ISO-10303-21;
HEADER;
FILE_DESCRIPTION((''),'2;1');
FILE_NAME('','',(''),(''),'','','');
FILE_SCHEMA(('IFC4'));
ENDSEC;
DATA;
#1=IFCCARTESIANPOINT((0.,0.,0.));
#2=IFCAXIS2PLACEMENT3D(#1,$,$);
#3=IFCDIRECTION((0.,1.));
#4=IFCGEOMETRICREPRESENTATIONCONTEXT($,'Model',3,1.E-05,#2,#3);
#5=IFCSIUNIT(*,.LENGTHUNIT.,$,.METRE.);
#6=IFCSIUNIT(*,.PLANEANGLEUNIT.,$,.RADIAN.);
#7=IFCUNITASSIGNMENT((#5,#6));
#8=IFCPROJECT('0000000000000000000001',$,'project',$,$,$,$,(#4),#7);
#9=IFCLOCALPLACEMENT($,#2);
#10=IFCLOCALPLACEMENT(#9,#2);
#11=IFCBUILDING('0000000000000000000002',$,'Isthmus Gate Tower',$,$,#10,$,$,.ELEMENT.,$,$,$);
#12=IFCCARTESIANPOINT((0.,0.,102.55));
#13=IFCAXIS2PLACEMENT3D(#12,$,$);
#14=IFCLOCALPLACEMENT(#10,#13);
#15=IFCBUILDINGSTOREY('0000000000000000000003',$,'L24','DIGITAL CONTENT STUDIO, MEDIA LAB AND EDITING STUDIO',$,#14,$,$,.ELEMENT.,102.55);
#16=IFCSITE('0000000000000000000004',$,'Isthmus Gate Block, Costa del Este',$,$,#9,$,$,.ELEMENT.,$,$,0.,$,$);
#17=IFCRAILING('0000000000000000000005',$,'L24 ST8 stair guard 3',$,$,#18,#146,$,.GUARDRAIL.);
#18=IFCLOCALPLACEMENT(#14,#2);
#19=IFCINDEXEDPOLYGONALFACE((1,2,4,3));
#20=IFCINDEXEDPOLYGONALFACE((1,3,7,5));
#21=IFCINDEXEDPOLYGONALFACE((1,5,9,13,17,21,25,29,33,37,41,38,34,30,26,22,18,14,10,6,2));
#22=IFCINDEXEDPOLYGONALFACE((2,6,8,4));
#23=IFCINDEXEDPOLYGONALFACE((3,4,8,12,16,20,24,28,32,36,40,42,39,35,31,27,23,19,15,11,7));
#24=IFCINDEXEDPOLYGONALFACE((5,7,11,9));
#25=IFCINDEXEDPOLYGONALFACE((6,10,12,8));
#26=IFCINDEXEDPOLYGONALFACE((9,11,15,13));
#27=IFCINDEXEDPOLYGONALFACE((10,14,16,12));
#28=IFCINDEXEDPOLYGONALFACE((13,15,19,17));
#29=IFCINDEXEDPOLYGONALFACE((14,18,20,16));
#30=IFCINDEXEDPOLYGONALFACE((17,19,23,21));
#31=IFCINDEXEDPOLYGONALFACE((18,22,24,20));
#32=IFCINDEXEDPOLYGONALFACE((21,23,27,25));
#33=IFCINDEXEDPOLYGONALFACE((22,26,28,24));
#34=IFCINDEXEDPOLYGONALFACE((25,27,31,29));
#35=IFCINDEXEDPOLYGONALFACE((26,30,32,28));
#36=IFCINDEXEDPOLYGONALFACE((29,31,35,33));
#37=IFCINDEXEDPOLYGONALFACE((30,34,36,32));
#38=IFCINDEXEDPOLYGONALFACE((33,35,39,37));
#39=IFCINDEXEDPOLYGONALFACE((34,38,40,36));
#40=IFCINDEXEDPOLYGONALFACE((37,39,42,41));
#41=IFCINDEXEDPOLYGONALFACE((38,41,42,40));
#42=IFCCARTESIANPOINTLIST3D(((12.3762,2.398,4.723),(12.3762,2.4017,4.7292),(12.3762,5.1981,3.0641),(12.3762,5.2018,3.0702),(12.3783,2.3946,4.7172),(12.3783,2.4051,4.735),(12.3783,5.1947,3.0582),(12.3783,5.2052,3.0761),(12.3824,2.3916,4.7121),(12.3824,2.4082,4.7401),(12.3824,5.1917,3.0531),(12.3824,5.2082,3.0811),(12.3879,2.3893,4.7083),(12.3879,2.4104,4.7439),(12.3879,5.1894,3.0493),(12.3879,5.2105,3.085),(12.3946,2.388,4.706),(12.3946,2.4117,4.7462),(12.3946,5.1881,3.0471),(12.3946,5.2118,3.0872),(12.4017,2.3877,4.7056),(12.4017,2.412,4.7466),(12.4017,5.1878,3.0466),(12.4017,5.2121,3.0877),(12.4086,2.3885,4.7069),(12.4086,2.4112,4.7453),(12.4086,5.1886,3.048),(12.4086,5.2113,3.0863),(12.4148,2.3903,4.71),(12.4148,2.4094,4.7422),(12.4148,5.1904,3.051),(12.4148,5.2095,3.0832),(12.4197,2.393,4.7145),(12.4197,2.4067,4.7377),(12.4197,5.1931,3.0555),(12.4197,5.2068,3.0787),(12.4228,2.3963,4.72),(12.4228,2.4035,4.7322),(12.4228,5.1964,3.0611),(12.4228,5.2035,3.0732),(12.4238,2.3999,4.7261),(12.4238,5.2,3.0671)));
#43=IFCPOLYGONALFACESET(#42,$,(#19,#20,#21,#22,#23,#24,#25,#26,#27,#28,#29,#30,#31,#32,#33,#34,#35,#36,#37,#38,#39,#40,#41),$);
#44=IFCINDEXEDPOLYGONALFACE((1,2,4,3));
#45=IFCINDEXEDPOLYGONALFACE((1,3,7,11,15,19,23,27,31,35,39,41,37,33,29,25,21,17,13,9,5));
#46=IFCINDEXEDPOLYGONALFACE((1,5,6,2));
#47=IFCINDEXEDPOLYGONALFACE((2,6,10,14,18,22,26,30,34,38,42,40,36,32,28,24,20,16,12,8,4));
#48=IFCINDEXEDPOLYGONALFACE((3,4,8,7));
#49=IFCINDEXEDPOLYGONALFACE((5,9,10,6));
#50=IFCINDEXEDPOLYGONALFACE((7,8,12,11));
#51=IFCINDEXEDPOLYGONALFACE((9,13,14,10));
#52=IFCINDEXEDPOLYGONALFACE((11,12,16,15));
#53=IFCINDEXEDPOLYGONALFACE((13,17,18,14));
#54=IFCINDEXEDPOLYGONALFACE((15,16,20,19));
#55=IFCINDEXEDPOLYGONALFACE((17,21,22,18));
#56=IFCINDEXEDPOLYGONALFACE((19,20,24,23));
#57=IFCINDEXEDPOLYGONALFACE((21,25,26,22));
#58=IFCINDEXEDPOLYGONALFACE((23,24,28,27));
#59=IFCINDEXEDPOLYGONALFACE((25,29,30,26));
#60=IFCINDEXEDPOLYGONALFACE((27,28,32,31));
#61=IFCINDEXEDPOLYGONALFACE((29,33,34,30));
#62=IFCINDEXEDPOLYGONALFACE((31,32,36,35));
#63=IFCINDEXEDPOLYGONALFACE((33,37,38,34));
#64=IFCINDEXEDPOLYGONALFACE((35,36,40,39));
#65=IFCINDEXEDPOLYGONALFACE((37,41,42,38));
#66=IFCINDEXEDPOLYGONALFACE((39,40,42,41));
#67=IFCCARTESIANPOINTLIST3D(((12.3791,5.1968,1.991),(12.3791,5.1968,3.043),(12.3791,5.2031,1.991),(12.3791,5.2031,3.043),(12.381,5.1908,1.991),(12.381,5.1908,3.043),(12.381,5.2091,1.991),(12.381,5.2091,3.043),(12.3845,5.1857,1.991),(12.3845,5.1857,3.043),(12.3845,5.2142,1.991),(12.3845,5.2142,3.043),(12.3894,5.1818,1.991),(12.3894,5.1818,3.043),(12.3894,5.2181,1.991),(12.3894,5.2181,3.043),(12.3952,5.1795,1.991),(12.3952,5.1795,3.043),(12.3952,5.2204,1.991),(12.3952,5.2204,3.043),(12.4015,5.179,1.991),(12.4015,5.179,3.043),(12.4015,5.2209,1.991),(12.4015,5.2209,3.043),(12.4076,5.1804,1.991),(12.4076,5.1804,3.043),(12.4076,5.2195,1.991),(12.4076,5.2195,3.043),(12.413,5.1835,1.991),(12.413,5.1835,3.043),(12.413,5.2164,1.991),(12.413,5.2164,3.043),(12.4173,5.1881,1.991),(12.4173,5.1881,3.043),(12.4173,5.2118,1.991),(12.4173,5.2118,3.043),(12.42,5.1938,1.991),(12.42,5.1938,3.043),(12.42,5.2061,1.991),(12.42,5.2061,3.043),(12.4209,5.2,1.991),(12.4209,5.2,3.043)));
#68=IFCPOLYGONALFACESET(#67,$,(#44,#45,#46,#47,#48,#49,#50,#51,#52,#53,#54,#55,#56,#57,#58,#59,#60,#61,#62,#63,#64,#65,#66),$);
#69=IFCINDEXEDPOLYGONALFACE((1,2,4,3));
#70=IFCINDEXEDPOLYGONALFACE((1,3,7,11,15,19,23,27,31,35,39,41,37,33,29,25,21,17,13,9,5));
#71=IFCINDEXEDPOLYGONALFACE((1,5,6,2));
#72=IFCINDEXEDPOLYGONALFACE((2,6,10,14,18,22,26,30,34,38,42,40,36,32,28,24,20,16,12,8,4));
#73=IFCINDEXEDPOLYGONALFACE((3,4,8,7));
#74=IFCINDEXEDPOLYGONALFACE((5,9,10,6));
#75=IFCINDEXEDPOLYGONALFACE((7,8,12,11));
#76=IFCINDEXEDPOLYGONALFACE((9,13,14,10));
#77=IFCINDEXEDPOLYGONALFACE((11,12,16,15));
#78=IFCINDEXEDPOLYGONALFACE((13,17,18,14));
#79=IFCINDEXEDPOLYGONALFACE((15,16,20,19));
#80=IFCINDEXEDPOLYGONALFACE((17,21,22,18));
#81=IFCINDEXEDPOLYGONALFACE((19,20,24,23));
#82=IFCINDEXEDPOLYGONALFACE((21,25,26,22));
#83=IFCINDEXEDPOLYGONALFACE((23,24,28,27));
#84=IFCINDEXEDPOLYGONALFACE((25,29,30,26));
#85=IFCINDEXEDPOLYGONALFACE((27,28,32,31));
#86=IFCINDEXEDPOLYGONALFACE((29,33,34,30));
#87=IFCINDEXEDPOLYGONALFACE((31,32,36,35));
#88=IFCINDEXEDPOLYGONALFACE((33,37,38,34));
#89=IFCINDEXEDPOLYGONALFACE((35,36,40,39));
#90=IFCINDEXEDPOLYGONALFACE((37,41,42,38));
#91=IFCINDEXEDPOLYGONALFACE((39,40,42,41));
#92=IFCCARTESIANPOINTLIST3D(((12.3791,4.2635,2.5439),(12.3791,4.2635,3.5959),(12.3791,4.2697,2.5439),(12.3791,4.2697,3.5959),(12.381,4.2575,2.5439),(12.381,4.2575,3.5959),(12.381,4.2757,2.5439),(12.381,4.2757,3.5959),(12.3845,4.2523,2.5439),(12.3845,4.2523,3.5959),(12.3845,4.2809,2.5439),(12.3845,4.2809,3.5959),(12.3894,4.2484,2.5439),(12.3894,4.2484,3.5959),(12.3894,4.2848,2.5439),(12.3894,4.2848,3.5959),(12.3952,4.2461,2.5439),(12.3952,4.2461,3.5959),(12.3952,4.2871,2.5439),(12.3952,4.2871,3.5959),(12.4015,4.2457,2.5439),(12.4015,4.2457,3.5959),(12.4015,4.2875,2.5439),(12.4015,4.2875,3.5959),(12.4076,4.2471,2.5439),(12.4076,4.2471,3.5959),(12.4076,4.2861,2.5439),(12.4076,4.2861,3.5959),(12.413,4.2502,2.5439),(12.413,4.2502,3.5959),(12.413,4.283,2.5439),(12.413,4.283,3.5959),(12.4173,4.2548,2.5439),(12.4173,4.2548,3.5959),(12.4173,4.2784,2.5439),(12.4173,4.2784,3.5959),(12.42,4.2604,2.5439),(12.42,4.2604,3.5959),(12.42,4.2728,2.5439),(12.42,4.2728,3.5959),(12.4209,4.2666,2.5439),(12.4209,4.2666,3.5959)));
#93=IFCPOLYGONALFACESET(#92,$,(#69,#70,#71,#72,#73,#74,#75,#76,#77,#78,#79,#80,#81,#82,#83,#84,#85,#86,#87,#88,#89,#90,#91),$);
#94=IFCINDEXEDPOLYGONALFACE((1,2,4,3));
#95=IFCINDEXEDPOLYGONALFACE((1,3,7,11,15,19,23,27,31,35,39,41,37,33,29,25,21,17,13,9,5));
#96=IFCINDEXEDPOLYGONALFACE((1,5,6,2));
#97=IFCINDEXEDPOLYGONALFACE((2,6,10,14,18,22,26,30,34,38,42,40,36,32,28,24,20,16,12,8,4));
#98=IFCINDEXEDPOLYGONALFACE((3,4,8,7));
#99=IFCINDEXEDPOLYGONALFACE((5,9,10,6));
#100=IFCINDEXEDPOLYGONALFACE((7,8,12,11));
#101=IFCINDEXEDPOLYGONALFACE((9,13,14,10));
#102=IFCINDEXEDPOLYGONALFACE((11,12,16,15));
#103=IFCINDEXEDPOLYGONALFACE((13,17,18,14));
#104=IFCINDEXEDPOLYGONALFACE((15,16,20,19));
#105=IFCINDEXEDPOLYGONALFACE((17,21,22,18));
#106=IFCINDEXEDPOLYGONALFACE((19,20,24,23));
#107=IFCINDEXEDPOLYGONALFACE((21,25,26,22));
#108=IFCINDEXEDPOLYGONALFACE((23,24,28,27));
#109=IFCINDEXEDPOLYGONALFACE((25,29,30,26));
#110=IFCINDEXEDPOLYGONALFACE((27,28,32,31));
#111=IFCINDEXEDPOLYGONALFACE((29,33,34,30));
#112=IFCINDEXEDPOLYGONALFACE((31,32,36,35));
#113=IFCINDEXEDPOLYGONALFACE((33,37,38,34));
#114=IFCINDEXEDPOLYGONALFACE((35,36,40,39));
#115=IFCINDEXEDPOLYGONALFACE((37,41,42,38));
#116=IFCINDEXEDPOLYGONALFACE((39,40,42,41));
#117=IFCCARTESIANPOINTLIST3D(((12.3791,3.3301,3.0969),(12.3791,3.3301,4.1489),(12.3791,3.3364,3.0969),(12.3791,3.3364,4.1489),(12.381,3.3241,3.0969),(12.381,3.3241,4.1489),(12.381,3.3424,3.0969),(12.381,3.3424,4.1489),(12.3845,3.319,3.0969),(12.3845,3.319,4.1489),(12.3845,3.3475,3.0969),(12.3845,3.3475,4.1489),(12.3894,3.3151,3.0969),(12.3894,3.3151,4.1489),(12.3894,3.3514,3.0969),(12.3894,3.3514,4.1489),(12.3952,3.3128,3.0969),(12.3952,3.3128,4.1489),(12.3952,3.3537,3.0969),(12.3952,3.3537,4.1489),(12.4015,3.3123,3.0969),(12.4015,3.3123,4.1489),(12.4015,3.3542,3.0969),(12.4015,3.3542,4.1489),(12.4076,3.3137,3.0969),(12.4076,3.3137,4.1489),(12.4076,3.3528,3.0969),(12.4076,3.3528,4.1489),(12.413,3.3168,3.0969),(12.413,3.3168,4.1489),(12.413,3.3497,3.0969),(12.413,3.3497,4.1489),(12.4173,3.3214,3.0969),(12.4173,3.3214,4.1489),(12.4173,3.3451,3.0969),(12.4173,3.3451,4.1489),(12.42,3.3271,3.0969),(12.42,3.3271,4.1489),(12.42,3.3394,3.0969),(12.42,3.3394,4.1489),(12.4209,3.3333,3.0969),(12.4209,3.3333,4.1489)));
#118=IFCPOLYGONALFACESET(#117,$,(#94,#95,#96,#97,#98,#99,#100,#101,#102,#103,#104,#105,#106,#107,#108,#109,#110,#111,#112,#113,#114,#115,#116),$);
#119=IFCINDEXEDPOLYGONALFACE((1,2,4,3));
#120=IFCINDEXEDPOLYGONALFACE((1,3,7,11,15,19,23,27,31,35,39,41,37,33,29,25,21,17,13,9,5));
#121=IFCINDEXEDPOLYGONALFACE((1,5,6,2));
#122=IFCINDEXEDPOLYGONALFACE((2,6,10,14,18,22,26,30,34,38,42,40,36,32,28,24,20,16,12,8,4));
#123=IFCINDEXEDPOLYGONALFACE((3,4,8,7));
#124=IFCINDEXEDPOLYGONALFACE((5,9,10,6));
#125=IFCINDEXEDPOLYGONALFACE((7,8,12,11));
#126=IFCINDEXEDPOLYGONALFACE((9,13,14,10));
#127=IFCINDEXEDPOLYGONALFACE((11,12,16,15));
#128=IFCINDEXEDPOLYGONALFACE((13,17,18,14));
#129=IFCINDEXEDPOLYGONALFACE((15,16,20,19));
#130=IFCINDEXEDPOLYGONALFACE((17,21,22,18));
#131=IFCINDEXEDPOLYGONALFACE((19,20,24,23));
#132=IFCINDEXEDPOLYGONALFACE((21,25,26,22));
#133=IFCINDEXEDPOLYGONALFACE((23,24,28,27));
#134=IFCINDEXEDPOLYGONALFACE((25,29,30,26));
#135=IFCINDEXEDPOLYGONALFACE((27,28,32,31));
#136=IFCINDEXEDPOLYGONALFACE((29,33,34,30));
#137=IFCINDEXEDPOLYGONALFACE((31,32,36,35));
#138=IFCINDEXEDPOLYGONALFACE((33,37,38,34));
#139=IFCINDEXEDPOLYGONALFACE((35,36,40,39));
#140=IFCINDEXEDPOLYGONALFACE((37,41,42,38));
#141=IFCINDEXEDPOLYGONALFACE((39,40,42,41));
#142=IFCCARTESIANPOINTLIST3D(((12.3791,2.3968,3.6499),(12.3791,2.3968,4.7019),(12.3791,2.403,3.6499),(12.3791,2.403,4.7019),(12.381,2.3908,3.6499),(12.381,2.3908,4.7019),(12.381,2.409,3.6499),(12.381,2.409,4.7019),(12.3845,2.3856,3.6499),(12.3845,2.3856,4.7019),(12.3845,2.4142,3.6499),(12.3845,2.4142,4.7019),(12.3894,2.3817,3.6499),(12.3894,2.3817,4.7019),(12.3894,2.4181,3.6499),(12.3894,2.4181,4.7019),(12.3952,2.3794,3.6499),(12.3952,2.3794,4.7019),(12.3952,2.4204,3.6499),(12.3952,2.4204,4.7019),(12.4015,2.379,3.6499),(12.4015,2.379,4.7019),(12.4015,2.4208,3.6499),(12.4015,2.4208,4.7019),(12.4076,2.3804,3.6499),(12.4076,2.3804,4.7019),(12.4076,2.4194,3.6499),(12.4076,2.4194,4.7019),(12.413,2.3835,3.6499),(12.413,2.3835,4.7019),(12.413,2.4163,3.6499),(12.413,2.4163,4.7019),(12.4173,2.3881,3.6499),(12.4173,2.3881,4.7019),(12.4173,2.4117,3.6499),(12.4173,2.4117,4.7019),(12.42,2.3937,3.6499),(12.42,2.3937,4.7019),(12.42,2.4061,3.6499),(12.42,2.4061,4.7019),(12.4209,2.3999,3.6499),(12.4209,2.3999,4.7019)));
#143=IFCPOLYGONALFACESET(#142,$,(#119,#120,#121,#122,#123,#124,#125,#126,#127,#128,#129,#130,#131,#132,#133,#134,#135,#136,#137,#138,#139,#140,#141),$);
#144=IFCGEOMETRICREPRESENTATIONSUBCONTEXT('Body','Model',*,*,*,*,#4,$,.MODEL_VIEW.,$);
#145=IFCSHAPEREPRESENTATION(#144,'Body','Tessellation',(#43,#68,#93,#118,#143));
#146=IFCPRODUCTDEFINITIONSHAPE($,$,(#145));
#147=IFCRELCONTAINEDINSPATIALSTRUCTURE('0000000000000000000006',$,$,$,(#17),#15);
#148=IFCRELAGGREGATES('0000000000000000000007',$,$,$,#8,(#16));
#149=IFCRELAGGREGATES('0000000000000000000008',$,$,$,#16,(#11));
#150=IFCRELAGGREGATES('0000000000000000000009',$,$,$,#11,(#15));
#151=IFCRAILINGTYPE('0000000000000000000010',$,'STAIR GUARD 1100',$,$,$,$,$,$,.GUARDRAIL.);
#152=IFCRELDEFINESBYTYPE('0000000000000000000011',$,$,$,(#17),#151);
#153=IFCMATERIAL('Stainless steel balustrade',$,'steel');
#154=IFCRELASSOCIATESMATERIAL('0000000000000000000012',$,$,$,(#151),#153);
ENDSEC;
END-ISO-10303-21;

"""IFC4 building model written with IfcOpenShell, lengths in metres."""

from ifc_helpers import new_model, si_unit, direction, frame, origin, origin_2d, place, context, subcontext, project, spatial, circle, extrude, material, type_object, element, save


model = new_model("IFC4")

# Units and contexts
model_context = context("Model", 3, precision=1e-05, world=origin(), true_north=direction((0.0, 1.0)))
body_context = subcontext(model_context, "Body", "Model", "MODEL_VIEW")
ifc_project = project(units=[si_unit("LENGTHUNIT", "METRE"), si_unit("PLANEANGLEUNIT", "RADIAN")], contexts=[model_context])

# Site, building, storey
site_placement = place(None, origin())
site = spatial("IfcSite", under=ifc_project, at=site_placement, Name="Isthmus Gate Block, Costa del Este", CompositionType="ELEMENT", RefElevation=0.0)
building_placement = place(site_placement, origin())
building = spatial("IfcBuilding", under=site, at=building_placement, Name="Isthmus Gate Tower", CompositionType="ELEMENT")
storey_placement = place(building_placement, frame((0.0, 0.0, 102.55)))
storey = spatial("IfcBuildingStorey", under=building, at=storey_placement, Name="L24", Description="DIGITAL CONTENT STUDIO, MEDIA LAB AND EDITING STUDIO", CompositionType="ELEMENT", Elevation=102.55)

# Railing
ifc_material_1 = material(Name="Stainless steel balustrade", Category="steel")
railing_type_1 = type_object("IfcRailingType", Name="STAIR GUARD 1100", PredefinedType="GUARDRAIL", material=ifc_material_1)
railing_1_placement = place(storey_placement, frame((12.3999, 5.2, 1.991)))
element("IfcRailing", 1, at=railing_1_placement, inside=storey, type_object=railing_type_1, Name="L24 ST8 stair guard 3", PredefinedType="GUARDRAIL", context=body_context, shape_type="SweptSolid", body=[
    extrude(circle(Radius=0.0239, at=origin_2d()), frame((0.0, 0.0, 1.0762), z_axis=(0.0, -0.860339, 0.509722), x_axis=(1.0, 0.0, 0.0)), (0.0, 0.0, 1.0), 3.2546),
    extrude(circle(Radius=0.021, at=origin_2d()), origin(), (0.0, 0.0, 1.0), 1.052),
    extrude(circle(Radius=0.021, at=origin_2d()), frame((0.0, -0.9333, 0.553)), (0.0, 0.0, 1.0), 1.052),
    extrude(circle(Radius=0.021, at=origin_2d()), frame((0.0, -1.8667, 1.106)), (0.0, 0.0, 1.0), 1.052),
    extrude(circle(Radius=0.021, at=origin_2d()), frame((0.0, -2.8, 1.6589)), (0.0, 0.0, 1.0), 1.052),
])

save(model, "model.ifc")
